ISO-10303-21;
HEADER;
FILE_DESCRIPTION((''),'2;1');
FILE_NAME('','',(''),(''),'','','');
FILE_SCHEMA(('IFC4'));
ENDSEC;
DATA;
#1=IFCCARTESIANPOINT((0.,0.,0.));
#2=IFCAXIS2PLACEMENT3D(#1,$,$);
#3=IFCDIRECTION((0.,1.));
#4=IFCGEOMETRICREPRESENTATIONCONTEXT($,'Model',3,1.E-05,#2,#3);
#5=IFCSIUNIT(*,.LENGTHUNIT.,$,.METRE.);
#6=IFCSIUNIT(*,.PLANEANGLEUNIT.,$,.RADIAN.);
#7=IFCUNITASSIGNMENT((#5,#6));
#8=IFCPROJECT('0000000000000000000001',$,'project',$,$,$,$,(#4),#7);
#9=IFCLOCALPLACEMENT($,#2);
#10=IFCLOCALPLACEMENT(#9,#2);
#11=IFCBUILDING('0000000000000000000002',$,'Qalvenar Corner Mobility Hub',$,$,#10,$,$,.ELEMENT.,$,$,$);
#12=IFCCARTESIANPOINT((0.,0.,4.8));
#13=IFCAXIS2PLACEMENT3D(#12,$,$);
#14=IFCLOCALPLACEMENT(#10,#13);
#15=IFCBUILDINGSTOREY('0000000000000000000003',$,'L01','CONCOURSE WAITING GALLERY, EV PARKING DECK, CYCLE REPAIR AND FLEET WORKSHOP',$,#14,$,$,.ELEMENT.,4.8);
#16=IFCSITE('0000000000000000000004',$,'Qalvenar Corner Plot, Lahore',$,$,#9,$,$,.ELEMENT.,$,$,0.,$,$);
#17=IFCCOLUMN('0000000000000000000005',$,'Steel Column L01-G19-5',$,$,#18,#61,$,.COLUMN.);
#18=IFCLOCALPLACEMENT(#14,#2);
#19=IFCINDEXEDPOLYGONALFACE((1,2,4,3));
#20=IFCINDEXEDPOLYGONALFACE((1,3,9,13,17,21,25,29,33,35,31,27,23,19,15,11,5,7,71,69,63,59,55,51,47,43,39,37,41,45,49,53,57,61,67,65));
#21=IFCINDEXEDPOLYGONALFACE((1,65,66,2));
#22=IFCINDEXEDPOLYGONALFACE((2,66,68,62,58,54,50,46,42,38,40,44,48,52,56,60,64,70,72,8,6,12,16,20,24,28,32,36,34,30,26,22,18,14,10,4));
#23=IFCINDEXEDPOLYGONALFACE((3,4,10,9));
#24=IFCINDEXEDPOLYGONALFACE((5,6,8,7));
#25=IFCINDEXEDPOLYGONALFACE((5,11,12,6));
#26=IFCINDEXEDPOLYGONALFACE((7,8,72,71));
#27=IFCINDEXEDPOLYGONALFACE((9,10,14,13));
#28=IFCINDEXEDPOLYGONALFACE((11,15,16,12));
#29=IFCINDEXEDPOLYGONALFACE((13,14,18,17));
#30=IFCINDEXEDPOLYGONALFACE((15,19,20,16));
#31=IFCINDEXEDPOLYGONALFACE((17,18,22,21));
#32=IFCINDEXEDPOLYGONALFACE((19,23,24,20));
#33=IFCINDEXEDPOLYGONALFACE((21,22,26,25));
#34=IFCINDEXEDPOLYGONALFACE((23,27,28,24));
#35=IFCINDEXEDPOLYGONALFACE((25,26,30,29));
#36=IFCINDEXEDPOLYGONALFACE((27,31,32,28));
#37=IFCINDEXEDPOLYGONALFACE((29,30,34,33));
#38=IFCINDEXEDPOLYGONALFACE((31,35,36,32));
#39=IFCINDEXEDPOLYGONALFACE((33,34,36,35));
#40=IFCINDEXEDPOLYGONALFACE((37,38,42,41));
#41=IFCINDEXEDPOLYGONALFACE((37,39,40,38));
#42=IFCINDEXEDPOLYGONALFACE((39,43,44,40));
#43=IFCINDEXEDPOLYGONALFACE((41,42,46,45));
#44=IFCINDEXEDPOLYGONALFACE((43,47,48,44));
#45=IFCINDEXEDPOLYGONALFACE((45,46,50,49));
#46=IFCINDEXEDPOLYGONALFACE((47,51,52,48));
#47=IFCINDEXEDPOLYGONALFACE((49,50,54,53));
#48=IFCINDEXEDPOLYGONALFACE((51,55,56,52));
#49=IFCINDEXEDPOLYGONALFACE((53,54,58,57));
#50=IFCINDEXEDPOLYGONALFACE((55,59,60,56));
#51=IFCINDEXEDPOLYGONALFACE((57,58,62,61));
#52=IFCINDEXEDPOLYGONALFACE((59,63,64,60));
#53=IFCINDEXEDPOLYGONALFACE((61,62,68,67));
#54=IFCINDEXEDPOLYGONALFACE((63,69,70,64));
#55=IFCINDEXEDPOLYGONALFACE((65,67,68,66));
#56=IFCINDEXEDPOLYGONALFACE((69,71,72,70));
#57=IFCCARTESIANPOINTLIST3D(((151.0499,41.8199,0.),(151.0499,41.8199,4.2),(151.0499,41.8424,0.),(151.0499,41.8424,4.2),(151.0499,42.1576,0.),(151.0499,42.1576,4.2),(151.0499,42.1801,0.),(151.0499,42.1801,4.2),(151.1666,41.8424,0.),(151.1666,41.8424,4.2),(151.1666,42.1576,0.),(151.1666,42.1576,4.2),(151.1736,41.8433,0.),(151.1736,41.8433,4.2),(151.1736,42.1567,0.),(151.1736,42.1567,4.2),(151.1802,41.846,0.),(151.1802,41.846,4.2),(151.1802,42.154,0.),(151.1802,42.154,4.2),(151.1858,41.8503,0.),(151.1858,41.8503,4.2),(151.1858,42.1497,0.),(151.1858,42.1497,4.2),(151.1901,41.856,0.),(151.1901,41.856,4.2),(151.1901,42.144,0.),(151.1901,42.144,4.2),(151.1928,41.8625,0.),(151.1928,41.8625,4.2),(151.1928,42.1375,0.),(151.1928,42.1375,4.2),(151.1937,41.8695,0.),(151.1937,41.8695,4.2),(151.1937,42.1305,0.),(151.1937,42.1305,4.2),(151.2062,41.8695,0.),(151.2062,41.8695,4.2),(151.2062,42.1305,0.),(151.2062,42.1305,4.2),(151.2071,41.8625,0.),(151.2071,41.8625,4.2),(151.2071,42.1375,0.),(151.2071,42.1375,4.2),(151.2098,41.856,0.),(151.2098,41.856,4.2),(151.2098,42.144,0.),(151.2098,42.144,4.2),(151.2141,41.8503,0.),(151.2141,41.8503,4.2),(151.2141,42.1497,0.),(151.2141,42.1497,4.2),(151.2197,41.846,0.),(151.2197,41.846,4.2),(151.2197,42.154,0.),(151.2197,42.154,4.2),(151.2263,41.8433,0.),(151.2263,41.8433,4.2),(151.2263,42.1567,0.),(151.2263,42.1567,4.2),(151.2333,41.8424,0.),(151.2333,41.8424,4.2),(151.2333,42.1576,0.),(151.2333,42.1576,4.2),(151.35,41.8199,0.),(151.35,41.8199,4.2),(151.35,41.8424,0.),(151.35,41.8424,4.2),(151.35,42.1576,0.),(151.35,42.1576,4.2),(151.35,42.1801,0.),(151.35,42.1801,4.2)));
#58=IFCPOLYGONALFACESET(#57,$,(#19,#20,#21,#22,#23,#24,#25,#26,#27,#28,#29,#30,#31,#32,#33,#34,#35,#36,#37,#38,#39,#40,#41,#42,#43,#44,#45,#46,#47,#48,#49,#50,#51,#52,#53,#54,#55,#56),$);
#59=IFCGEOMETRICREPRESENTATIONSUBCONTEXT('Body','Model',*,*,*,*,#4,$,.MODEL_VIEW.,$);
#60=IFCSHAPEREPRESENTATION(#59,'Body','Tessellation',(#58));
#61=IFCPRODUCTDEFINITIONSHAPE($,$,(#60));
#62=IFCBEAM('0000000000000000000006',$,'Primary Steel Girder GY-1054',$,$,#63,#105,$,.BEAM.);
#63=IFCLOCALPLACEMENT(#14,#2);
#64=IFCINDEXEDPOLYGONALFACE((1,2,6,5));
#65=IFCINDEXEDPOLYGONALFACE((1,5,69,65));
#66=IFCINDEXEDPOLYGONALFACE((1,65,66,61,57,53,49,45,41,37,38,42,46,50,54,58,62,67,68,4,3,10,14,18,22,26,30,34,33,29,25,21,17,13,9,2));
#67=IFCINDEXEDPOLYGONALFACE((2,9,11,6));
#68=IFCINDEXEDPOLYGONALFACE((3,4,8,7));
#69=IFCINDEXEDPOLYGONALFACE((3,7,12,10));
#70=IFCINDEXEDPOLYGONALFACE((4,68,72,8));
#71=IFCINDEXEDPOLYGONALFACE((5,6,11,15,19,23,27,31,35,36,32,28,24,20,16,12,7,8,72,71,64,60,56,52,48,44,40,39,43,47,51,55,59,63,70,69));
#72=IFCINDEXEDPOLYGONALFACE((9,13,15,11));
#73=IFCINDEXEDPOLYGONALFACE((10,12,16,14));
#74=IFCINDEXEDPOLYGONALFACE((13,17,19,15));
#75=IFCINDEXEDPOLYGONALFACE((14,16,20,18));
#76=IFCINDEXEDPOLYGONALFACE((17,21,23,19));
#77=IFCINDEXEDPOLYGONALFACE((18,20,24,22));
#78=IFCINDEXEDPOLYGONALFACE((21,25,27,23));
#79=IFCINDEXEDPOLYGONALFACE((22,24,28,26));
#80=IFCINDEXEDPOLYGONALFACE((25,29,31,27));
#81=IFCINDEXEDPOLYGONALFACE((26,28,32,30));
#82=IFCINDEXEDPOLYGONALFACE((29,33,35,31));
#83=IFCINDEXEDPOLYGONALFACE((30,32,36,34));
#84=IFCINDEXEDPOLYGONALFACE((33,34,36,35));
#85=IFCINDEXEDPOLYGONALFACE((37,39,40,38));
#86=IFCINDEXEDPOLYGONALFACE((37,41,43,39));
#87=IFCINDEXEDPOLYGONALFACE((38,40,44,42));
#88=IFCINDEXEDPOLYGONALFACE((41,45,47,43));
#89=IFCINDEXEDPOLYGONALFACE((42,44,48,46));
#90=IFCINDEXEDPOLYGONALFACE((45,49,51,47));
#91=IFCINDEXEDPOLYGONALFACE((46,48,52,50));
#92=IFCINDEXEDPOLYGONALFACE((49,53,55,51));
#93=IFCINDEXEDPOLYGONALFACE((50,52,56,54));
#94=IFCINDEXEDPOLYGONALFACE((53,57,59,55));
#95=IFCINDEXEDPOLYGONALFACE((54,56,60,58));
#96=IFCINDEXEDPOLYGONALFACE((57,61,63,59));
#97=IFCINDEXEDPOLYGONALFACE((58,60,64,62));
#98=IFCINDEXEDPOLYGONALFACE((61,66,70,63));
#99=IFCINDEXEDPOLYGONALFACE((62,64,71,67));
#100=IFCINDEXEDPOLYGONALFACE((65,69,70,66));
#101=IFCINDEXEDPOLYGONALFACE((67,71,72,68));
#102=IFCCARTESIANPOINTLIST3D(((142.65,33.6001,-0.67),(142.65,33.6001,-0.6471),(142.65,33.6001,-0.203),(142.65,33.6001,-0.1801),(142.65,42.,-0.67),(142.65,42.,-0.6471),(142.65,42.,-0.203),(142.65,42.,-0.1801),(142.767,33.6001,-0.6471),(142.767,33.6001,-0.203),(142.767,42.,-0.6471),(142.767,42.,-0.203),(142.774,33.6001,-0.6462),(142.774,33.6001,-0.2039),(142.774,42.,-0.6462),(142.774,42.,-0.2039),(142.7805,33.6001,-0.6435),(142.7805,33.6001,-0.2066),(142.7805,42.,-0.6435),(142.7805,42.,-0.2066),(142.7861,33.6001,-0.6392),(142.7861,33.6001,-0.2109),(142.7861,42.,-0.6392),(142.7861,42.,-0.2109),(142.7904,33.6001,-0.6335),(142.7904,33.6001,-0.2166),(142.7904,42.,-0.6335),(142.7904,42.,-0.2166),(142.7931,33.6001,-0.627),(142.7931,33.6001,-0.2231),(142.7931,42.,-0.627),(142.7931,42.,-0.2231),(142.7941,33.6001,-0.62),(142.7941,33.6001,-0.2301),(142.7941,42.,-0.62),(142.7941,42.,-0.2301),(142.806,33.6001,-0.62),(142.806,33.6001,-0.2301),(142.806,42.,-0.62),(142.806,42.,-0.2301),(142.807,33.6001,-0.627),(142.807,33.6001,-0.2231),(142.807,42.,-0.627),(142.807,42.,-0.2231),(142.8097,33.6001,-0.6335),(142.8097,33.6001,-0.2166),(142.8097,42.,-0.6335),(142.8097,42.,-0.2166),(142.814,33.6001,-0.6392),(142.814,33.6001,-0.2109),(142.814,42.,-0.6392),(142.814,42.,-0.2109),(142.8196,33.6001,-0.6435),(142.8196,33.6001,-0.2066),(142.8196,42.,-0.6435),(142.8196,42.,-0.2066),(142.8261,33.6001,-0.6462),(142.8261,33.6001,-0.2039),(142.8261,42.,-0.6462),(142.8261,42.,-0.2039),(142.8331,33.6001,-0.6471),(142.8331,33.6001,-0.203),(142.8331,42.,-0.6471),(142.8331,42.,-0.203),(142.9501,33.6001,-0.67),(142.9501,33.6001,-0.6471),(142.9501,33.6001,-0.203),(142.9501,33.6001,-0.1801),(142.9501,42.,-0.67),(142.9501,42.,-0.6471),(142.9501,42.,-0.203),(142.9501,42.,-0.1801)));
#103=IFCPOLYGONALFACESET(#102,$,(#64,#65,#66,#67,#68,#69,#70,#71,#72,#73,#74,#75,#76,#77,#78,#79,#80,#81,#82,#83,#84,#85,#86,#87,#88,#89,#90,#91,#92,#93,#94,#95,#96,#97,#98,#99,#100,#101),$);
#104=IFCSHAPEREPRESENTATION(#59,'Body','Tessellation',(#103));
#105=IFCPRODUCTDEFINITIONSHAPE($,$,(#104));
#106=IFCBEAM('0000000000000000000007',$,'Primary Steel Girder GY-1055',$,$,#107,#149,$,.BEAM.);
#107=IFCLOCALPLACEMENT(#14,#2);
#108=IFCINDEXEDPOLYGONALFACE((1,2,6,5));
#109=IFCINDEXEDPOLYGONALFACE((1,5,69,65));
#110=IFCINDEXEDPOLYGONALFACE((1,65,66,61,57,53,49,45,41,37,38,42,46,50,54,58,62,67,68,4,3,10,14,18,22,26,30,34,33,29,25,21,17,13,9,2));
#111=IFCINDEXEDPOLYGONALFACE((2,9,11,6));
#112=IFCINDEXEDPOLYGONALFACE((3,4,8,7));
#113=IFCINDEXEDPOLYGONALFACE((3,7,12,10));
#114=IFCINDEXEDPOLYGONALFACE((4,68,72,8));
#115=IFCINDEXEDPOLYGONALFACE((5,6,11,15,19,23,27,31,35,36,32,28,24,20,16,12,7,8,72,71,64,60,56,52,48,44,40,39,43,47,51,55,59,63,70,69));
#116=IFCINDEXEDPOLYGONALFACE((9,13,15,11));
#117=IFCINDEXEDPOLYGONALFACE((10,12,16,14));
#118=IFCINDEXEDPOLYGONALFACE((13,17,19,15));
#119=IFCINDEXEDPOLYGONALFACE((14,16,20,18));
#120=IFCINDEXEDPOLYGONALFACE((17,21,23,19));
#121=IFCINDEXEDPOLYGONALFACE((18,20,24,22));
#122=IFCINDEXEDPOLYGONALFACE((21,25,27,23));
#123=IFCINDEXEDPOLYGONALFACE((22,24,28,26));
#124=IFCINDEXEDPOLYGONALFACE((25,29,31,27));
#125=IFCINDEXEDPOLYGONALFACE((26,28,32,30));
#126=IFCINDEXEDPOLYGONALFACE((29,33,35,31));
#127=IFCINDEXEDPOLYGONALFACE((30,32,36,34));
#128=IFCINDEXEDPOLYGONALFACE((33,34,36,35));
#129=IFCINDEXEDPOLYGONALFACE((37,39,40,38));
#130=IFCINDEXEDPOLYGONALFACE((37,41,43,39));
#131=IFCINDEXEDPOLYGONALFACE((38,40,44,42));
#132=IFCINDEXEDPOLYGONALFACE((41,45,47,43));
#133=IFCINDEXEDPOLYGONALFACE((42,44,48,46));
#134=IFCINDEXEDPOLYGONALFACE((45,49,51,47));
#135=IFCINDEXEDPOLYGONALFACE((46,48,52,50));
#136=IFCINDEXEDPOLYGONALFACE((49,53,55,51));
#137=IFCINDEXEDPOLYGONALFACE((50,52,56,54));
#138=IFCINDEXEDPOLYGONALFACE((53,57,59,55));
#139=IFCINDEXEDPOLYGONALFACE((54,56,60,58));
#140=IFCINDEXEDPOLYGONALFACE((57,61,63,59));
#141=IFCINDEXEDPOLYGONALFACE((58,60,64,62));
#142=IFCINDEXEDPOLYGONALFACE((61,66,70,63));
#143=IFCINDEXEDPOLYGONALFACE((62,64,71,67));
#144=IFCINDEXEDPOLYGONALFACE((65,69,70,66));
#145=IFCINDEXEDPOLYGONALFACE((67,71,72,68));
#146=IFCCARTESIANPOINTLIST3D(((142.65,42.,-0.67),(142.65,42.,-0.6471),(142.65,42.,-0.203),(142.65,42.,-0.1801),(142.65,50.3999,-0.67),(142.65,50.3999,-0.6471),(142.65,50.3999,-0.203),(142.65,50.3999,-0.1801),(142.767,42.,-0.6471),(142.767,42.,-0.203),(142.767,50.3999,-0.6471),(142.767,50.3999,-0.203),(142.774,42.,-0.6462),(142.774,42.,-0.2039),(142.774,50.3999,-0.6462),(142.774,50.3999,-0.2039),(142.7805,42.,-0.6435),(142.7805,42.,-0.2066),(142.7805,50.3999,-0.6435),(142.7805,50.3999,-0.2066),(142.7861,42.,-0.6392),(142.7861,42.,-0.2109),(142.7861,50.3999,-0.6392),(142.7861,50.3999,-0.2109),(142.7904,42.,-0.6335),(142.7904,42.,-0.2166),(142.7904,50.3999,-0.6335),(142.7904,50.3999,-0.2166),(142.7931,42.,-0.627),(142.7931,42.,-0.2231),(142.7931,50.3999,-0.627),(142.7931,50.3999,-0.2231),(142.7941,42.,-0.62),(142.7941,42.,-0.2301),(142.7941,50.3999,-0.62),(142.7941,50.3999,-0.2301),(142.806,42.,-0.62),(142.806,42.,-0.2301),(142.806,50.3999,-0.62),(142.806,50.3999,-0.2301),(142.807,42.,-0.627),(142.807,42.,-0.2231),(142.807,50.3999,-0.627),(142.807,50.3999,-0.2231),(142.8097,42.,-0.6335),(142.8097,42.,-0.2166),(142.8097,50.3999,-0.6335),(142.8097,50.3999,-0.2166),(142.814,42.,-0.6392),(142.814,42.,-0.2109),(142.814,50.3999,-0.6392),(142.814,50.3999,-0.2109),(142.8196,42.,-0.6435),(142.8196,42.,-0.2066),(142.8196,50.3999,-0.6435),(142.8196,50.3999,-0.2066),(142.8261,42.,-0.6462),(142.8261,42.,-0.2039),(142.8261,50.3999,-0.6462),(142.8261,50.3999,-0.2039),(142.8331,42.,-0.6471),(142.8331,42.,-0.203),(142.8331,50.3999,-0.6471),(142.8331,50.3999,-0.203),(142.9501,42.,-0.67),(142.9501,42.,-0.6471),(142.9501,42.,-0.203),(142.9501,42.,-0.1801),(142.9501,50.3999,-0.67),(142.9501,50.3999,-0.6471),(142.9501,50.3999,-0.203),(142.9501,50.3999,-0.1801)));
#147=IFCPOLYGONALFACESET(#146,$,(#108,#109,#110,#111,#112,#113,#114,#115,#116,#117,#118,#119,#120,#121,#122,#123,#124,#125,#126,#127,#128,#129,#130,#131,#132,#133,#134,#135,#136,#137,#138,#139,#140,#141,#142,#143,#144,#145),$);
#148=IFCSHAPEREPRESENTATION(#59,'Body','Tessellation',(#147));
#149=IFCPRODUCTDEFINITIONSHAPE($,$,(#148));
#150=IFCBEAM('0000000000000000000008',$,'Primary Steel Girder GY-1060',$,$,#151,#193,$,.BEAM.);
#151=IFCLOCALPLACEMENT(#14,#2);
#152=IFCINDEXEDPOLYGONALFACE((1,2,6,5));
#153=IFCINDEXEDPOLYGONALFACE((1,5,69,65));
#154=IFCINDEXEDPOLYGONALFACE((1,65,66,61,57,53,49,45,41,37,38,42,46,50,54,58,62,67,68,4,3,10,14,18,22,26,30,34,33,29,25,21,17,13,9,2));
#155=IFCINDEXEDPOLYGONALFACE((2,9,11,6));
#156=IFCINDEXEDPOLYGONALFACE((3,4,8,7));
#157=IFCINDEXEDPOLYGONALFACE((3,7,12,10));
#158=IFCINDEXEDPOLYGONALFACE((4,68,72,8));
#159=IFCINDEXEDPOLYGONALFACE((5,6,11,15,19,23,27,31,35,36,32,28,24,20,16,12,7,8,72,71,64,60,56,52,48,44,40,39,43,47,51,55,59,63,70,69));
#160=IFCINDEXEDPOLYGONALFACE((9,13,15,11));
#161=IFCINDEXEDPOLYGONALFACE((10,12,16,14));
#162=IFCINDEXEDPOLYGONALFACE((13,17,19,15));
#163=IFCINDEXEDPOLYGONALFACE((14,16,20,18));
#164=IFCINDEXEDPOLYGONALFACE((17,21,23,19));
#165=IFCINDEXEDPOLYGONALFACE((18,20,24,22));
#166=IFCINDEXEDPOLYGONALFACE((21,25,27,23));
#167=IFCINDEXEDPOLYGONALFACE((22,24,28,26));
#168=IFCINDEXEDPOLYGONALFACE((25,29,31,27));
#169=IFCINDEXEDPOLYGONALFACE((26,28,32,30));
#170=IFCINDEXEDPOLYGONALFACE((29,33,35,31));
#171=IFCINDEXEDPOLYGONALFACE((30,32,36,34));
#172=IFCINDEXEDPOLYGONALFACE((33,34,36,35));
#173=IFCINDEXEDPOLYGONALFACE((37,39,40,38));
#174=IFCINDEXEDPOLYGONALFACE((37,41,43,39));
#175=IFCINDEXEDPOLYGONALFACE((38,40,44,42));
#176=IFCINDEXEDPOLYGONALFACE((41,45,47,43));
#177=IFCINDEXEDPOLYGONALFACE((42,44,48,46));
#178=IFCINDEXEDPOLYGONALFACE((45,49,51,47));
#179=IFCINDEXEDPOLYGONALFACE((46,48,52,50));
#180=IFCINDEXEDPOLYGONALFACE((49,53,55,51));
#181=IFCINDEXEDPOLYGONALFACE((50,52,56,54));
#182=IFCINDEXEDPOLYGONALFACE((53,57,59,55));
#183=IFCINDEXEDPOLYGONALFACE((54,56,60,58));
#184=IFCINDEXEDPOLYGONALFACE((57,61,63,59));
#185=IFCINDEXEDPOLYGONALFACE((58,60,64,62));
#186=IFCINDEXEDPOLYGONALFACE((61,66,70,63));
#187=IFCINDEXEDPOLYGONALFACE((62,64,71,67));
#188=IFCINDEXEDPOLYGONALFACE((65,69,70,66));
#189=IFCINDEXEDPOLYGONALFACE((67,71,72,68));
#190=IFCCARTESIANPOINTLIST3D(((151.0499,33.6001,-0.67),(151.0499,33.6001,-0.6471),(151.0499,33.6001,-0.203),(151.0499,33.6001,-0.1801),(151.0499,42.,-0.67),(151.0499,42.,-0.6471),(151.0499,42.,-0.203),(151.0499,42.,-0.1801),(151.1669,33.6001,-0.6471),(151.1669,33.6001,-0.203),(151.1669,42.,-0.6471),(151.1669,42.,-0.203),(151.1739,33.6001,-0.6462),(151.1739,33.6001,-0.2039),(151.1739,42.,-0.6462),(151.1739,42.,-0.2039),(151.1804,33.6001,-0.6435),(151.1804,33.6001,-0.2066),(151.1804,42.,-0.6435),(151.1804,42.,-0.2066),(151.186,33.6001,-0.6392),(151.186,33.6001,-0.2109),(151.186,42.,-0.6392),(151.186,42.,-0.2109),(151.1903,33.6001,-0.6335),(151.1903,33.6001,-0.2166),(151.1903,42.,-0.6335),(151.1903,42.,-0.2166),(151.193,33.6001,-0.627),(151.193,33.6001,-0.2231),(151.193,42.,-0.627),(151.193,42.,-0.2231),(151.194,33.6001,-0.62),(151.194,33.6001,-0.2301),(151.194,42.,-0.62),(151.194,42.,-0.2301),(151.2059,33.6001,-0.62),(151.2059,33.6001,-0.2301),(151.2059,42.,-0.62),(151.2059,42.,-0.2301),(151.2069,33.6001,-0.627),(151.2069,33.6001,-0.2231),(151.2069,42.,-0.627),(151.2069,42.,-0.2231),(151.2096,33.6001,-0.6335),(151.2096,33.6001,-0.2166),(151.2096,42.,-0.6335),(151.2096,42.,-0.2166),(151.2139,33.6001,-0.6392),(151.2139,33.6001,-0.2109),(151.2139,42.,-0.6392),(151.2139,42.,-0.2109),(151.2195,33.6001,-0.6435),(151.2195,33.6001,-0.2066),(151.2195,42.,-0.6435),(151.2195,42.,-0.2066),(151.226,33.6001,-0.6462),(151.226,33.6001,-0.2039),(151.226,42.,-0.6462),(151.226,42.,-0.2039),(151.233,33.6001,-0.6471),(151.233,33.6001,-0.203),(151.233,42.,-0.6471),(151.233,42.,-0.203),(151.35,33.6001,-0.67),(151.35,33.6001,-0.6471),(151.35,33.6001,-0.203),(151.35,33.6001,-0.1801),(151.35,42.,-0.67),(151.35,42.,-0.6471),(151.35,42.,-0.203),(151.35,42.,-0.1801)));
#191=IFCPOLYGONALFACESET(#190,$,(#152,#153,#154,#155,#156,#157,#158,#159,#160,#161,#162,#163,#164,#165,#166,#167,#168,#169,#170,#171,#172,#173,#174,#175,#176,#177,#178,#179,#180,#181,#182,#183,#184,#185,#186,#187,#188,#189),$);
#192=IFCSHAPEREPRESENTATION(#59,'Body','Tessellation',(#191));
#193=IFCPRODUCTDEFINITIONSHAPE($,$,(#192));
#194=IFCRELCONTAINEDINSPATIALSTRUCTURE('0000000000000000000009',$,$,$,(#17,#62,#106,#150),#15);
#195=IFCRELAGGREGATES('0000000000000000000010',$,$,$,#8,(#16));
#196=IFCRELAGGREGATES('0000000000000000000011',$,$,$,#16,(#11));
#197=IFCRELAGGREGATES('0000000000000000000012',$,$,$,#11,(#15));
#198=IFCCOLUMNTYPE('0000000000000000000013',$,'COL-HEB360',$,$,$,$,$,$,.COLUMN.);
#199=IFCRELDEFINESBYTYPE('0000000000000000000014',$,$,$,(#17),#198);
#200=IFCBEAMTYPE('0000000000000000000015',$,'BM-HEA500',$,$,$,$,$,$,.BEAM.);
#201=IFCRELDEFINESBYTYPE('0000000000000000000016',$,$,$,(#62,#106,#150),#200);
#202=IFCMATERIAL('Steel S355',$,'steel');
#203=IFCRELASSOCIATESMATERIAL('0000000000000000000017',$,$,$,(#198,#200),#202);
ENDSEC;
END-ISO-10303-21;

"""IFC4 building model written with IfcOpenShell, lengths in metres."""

from ifc_helpers import new_model, si_unit, direction, frame, origin, origin_2d, place, context, subcontext, project, spatial, i_section, extrude, material, material_profile, profile_set, type_object, element, save


model = new_model("IFC4")

# Units and contexts
model_context = context("Model", 3, precision=1e-05, world=origin(), true_north=direction((0.0, 1.0)))
body_context = subcontext(model_context, "Body", "Model", "MODEL_VIEW")
ifc_project = project(units=[si_unit("LENGTHUNIT", "METRE"), si_unit("PLANEANGLEUNIT", "RADIAN")], contexts=[model_context])

# Site, building, storey
site_placement = place(None, origin())
site = spatial("IfcSite", under=ifc_project, at=site_placement, Name="Qalvenar Corner Plot, Lahore", CompositionType="ELEMENT", RefElevation=0.0)
building_placement = place(site_placement, origin())
building = spatial("IfcBuilding", under=site, at=building_placement, Name="Qalvenar Corner Mobility Hub", CompositionType="ELEMENT")
storey_placement = place(building_placement, frame((0.0, 0.0, 4.8)))
storey = spatial("IfcBuildingStorey", under=building, at=storey_placement, Name="L01", Description="CONCOURSE WAITING GALLERY, EV PARKING DECK, CYCLE REPAIR AND FLEET WORKSHOP", CompositionType="ELEMENT", Elevation=4.8)

# Column
ifc_material_1 = material(Name="Steel S355", Category="steel")
ifc_material_profile_1 = material_profile(ifc_material_1, i_section(OverallWidth=0.3, OverallDepth=0.3601, WebThickness=0.0125, FlangeThickness=0.0225, FilletRadius=0.0271, at=origin_2d()), Name="HEB360")
ifc_profile_set_1 = profile_set([ifc_material_profile_1], Name="Steel S355")
column_type_1 = type_object("IfcColumnType", Name="COL-HEB360", PredefinedType="COLUMN", material=ifc_profile_set_1)
for number, where, z_axis, x_axis, name in (
    (1, (151.2, 42.0, 0.0), (0.0, 0.0, 1.0), (1.0, 0.0, 0.0), "Steel Column L01-G19-5"),
):
    element("IfcColumn", number, at=place(storey_placement, frame(where, z_axis=z_axis, x_axis=x_axis)), inside=storey, type_object=column_type_1, Name=name, PredefinedType="COLUMN", context=body_context, shape_type="SweptSolid", body=[
        extrude(i_section(OverallWidth=0.3, OverallDepth=0.3601, WebThickness=0.0125, FlangeThickness=0.0225, FilletRadius=0.0271, at=origin_2d()), origin(), (0.0, 0.0, 1.0), 4.2),
    ])

# Beams
ifc_material_profile_2 = material_profile(ifc_material_1, i_section(OverallWidth=0.3, OverallDepth=0.49, WebThickness=0.012, FlangeThickness=0.0229, FilletRadius=0.0271, at=origin_2d()), Name="HEA500")
ifc_profile_set_2 = profile_set([ifc_material_profile_2], Name="Steel S355")
beam_type_1 = type_object("IfcBeamType", Name="BM-HEA500", PredefinedType="BEAM", material=ifc_profile_set_2)
for number, where, z_axis, x_axis, name in (
    (2, (142.8, 33.6001, -0.425), (0.0, 1.0, 0.0), (-1.0, 0.0, 0.0), "Primary Steel Girder GY-1054"),
    (3, (142.8, 42.0, -0.425), (0.0, 1.0, 0.0), (-1.0, 0.0, 0.0), "Primary Steel Girder GY-1055"),
    (4, (151.2, 33.6001, -0.425), (0.0, 1.0, 0.0), (-1.0, 0.0, 0.0), "Primary Steel Girder GY-1060"),
):
    element("IfcBeam", number, at=place(storey_placement, frame(where, z_axis=z_axis, x_axis=x_axis)), inside=storey, type_object=beam_type_1, Name=name, PredefinedType="BEAM", context=body_context, shape_type="SweptSolid", body=[
        extrude(i_section(OverallWidth=0.3, OverallDepth=0.49, WebThickness=0.012, FlangeThickness=0.0229, FilletRadius=0.0271, at=origin_2d()), origin(), (0.0, 0.0, 1.0), 8.3999),
    ])

save(model, "model.ifc")
